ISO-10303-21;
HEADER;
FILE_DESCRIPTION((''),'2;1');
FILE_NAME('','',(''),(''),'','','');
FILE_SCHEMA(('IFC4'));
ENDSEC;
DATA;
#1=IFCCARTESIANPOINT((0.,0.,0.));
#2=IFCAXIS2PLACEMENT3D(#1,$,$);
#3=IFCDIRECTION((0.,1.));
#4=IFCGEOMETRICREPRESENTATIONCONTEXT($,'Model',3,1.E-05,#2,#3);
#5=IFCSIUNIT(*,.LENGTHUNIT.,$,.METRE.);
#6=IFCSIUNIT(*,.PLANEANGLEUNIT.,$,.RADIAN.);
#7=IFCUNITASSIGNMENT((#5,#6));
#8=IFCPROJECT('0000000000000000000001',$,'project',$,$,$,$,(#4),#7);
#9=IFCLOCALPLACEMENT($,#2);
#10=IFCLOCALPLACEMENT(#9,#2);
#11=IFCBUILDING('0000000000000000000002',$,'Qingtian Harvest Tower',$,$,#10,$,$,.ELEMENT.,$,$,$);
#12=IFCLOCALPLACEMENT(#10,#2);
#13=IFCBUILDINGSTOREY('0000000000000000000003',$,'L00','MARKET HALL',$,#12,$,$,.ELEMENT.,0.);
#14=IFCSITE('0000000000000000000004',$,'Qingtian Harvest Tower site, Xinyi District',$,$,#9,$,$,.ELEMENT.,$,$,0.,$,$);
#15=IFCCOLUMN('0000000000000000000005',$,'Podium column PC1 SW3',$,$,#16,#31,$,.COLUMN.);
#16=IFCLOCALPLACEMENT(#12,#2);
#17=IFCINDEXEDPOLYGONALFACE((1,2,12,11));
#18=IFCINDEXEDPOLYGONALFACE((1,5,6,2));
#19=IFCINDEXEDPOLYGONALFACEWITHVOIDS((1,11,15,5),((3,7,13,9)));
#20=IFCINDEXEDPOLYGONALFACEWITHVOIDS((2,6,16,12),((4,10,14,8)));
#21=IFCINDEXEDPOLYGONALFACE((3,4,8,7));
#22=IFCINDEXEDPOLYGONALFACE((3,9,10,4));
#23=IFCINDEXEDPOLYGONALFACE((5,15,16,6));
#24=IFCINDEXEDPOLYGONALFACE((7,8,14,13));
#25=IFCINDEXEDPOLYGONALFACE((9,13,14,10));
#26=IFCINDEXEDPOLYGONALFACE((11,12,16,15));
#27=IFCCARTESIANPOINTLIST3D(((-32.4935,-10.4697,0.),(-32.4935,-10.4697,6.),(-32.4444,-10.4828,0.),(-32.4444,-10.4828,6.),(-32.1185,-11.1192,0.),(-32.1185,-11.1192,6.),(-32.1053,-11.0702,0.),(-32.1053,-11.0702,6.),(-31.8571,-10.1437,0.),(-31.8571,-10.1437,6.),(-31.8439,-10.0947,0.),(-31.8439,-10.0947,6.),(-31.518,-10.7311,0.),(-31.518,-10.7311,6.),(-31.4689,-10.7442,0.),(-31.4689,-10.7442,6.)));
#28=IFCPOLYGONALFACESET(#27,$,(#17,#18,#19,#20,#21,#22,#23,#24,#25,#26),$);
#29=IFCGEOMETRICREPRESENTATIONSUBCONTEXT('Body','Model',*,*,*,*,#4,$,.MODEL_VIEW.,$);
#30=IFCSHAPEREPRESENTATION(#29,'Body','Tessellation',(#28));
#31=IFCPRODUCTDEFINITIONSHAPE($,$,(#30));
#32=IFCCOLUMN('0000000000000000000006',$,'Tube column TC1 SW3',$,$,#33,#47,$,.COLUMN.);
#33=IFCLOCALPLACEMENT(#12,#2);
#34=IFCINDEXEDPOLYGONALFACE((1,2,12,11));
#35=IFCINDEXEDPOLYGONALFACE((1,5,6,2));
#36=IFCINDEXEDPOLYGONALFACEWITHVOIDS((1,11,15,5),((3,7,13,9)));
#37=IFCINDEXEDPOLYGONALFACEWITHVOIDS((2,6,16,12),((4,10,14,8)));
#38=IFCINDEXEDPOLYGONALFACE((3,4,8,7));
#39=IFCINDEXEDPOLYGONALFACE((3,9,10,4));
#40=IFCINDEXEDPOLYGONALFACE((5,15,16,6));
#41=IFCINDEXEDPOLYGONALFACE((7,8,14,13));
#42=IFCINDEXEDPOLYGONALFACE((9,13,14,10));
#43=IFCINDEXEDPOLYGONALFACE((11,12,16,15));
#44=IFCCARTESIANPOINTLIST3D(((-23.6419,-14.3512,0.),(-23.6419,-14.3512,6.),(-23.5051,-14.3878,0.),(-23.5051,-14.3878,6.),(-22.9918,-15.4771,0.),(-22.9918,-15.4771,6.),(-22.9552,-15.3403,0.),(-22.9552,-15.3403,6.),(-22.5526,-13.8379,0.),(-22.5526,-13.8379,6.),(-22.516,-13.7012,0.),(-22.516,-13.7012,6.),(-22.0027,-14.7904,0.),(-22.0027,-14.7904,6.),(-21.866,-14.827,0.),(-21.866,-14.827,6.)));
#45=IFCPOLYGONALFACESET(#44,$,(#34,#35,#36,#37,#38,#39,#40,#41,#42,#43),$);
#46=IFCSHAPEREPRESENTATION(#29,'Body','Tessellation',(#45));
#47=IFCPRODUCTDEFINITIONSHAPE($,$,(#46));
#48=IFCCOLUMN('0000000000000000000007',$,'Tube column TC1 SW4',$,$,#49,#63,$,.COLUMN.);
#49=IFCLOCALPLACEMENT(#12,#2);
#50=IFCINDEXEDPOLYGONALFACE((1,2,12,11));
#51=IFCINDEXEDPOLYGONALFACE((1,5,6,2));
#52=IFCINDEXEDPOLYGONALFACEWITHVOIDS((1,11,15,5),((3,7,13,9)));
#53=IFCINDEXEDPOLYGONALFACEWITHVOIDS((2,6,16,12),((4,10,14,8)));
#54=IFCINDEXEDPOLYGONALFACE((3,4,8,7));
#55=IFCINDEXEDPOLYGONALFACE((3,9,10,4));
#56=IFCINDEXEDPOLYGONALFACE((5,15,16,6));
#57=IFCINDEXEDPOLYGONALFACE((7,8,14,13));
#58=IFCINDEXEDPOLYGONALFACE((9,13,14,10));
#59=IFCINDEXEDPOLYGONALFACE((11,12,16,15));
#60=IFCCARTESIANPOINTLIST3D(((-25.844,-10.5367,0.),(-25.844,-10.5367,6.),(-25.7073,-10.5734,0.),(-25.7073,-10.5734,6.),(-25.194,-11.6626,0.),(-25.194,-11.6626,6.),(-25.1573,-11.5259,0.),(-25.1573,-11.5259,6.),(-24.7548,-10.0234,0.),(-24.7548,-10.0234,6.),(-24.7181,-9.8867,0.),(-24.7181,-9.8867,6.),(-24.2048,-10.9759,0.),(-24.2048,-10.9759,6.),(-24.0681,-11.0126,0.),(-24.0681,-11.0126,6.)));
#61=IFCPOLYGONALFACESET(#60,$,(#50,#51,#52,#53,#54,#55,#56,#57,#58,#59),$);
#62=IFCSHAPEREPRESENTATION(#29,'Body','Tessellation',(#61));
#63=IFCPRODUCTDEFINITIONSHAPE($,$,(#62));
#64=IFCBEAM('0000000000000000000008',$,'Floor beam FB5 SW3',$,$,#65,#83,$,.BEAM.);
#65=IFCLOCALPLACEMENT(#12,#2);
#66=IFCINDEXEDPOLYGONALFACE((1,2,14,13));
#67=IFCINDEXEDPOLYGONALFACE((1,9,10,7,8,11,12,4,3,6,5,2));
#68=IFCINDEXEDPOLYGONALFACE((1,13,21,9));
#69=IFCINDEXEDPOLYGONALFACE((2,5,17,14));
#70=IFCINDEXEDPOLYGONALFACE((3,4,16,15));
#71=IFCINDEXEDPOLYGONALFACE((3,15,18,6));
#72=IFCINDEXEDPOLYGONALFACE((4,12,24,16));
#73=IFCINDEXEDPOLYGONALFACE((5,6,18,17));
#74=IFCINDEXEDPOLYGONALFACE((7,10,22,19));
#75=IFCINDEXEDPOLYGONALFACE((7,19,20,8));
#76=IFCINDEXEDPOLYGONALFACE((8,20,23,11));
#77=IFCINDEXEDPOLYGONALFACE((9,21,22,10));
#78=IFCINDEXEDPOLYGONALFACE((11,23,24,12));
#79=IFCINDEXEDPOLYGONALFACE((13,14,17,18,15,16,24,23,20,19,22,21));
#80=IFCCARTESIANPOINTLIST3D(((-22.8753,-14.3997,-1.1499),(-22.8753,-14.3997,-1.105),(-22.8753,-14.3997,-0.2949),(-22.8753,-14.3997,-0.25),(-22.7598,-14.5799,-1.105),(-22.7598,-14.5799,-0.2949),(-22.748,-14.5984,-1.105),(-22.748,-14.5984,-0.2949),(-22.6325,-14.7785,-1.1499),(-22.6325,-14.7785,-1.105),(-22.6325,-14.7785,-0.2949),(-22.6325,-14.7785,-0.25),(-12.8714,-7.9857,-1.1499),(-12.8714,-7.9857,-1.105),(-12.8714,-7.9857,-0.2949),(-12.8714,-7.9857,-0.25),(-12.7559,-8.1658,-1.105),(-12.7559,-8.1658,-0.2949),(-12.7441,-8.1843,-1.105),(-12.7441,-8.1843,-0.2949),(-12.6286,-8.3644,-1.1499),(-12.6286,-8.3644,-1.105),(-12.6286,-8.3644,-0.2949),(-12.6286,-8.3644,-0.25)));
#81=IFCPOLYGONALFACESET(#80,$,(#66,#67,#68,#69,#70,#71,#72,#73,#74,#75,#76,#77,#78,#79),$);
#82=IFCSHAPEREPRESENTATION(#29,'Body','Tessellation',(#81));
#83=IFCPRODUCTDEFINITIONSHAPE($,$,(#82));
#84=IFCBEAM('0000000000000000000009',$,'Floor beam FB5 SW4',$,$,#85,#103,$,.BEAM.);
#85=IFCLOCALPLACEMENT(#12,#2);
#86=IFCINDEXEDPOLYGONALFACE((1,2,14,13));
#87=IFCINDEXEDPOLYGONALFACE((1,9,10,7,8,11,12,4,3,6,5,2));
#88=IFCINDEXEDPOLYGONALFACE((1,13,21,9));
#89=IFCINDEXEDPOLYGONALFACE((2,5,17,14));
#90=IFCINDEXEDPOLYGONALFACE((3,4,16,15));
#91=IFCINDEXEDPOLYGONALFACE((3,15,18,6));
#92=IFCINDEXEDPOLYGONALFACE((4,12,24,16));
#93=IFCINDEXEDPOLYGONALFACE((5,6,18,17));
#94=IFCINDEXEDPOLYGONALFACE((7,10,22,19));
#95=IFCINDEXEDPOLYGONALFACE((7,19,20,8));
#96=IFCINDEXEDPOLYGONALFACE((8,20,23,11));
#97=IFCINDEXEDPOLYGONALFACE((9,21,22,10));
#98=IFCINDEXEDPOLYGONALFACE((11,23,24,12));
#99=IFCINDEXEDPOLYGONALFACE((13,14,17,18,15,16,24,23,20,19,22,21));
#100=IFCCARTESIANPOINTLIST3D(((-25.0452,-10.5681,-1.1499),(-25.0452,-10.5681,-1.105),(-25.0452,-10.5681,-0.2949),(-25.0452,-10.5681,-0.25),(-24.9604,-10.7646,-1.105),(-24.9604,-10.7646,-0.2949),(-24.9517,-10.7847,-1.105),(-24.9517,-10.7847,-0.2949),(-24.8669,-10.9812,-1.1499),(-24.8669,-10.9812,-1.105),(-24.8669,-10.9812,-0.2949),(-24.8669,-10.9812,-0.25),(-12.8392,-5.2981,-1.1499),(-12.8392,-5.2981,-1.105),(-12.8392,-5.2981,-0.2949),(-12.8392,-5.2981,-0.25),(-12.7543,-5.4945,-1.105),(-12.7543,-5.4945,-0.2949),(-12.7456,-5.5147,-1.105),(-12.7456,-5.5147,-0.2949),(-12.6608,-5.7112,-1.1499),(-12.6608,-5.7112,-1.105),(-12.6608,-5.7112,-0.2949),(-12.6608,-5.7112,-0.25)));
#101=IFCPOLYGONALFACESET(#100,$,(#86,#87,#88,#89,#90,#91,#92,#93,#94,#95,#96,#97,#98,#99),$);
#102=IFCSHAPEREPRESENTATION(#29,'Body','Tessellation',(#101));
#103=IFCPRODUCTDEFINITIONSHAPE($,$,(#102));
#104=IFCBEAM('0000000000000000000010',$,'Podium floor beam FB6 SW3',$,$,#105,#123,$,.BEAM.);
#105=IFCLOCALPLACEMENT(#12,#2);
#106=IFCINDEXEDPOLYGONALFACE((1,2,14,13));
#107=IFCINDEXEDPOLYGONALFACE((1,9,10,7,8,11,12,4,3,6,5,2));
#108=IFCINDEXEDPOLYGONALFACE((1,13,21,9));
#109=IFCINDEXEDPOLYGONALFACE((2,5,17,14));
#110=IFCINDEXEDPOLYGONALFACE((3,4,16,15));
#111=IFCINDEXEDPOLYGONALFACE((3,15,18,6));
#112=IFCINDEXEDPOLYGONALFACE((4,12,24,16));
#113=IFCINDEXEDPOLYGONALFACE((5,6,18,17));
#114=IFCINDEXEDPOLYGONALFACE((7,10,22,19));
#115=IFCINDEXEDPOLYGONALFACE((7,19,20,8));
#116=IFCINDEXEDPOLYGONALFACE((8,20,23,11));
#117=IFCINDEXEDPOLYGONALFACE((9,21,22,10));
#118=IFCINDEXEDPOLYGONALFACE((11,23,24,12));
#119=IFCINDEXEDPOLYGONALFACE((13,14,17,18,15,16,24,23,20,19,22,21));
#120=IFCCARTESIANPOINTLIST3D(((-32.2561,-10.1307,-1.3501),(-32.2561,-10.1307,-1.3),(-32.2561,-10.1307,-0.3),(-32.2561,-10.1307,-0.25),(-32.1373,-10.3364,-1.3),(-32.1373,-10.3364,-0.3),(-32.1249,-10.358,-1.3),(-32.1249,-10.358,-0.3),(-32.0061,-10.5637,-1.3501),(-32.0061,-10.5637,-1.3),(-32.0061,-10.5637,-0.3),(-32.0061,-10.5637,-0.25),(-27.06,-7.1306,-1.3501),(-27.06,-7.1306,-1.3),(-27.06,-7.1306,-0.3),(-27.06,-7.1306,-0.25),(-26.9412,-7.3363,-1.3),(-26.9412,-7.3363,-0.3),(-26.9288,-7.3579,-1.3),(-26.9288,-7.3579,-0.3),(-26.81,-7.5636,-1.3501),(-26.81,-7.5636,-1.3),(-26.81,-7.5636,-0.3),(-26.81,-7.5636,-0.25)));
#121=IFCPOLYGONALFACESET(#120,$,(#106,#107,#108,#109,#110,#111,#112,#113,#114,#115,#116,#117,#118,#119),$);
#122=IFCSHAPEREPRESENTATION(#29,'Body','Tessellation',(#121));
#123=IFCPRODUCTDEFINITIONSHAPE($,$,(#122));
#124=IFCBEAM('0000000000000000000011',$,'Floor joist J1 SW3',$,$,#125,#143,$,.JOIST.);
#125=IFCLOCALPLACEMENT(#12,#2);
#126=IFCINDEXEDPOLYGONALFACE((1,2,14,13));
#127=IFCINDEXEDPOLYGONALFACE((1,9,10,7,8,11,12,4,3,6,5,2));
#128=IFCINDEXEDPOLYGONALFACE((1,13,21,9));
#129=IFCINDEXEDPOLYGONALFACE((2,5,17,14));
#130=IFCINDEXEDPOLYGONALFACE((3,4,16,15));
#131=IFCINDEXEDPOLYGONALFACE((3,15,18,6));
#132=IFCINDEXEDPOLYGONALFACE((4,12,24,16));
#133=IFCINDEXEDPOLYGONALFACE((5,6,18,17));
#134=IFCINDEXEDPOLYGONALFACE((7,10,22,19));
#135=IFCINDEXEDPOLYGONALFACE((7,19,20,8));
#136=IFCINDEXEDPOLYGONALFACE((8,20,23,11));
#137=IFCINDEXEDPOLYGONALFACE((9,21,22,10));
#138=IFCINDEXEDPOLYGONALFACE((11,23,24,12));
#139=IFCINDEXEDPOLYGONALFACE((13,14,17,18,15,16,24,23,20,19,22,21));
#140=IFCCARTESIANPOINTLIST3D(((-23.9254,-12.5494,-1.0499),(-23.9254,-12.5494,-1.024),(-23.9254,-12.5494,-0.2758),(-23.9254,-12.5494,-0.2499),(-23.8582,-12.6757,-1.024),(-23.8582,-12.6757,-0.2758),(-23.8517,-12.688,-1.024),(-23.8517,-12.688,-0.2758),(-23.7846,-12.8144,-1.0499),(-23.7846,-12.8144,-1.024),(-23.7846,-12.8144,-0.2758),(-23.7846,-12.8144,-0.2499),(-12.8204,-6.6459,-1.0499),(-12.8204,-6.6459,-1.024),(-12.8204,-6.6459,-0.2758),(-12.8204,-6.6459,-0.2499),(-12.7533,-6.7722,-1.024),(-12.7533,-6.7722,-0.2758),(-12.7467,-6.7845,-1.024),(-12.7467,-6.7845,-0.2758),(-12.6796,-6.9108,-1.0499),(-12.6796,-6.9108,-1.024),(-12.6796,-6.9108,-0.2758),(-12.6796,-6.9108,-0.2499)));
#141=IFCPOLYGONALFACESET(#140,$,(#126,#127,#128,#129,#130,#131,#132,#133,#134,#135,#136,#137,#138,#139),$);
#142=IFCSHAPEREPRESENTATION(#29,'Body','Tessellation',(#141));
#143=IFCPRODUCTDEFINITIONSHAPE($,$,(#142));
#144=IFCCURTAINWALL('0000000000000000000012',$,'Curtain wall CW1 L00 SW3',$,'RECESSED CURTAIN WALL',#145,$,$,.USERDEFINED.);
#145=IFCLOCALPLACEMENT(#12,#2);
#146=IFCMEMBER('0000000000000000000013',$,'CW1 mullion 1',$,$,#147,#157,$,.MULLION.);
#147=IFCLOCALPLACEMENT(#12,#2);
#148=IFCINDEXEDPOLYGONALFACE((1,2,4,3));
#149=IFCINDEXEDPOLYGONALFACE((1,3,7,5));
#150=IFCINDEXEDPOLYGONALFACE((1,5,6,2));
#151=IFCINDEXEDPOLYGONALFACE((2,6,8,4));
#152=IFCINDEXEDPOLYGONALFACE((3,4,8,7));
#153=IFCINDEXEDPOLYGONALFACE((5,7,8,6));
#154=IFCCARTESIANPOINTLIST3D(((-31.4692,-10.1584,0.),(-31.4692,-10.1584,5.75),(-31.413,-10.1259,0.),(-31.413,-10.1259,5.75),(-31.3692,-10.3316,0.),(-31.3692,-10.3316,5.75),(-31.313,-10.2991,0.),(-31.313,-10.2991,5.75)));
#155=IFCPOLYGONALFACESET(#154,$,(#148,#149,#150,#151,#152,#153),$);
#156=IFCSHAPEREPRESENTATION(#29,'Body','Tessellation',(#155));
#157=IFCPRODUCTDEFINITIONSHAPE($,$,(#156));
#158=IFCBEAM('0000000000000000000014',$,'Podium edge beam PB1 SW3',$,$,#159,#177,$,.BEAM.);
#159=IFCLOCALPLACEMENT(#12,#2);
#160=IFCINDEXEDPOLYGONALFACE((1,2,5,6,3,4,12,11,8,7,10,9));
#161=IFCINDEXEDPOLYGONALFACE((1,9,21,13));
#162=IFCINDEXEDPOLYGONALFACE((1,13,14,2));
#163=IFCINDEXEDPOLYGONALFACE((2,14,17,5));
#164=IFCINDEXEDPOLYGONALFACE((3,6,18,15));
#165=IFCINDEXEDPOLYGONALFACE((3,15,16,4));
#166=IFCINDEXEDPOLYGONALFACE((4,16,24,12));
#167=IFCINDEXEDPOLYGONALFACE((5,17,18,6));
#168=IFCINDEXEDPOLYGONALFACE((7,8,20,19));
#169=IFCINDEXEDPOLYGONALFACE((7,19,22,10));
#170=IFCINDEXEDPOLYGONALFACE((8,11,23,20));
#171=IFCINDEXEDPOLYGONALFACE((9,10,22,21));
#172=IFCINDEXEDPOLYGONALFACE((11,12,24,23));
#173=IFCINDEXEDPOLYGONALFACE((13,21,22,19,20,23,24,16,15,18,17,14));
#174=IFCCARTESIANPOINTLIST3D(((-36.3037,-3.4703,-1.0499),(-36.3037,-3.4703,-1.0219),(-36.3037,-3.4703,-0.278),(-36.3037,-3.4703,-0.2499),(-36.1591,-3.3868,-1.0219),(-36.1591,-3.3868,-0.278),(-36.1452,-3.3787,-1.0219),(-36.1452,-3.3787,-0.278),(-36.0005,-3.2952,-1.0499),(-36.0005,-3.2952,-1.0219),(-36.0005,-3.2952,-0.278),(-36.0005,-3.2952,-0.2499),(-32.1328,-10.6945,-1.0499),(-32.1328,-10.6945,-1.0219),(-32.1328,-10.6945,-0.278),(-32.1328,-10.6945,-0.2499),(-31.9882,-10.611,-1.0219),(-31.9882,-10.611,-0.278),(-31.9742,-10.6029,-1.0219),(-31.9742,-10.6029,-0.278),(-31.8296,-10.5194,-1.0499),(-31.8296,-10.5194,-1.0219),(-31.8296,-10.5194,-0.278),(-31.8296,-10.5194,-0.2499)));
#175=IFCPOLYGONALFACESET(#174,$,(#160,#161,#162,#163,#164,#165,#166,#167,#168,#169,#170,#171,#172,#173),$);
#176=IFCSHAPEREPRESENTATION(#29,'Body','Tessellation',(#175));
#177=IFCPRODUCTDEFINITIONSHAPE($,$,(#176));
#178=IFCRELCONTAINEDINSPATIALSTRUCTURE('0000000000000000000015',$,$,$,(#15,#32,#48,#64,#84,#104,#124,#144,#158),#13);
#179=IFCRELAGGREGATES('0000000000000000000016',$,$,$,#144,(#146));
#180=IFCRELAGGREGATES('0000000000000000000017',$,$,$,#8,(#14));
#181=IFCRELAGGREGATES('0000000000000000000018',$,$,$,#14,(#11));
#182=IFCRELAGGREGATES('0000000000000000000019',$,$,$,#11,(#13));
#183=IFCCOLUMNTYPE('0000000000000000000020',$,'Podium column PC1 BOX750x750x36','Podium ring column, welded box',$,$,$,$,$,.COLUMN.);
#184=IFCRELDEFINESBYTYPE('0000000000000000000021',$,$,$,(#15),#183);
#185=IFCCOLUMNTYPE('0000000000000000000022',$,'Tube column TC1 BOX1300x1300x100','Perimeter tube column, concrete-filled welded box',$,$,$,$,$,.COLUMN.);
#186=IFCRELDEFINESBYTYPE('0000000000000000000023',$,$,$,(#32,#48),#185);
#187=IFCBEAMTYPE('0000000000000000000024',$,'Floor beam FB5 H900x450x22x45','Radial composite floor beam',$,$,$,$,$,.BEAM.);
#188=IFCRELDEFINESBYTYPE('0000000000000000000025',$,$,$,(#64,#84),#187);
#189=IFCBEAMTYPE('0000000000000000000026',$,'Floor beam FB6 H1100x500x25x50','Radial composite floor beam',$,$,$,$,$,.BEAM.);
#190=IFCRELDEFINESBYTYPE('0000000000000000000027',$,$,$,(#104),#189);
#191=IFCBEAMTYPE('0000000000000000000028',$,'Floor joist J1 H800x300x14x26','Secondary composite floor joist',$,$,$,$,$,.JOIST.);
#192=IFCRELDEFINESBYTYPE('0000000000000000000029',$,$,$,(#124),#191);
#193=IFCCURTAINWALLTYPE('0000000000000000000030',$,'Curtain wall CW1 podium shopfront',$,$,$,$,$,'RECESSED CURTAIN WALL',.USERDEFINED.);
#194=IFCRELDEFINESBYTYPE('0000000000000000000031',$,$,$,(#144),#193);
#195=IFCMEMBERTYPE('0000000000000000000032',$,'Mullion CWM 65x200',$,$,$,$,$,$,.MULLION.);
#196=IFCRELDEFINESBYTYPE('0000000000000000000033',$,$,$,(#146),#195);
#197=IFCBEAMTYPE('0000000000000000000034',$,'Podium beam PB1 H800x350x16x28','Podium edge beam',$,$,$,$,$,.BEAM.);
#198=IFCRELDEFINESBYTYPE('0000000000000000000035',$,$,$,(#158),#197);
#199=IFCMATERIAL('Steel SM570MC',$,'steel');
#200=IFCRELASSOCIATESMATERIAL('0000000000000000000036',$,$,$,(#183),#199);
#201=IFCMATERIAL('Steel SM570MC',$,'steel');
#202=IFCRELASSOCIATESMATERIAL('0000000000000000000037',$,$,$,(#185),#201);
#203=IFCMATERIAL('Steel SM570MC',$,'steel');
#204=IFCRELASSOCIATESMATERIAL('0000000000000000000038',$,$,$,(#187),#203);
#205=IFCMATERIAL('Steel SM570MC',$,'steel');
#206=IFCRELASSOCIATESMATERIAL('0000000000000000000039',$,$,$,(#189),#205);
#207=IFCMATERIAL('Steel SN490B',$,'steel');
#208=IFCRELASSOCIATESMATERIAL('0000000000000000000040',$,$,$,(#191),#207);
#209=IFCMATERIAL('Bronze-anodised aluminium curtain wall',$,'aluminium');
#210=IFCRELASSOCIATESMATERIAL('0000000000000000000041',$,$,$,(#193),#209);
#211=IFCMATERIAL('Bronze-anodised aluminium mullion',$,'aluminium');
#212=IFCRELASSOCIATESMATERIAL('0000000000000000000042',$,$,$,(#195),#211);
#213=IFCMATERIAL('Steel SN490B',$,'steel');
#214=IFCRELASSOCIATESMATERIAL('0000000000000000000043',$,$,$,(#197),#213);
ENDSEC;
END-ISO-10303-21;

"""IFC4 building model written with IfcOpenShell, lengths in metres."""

from ifc_helpers import new_model, si_unit, direction, frame, origin, origin_2d, place, context, subcontext, project, spatial, rectangle, hollow_rectangle, i_section, extrude, material, material_profile, profile_set, type_object, element, aggregate, save


model = new_model("IFC4")

# Units and contexts
model_context = context("Model", 3, precision=1e-05, world=origin(), true_north=direction((0.0, 1.0)))
body_context = subcontext(model_context, "Body", "Model", "MODEL_VIEW")
ifc_project = project(units=[si_unit("LENGTHUNIT", "METRE"), si_unit("PLANEANGLEUNIT", "RADIAN")], contexts=[model_context])

# Site, building, storey
site_placement = place(None, origin())
site = spatial("IfcSite", under=ifc_project, at=site_placement, Name="Qingtian Harvest Tower site, Xinyi District", CompositionType="ELEMENT", RefElevation=0.0)
building_placement = place(site_placement, origin())
building = spatial("IfcBuilding", under=site, at=building_placement, Name="Qingtian Harvest Tower", CompositionType="ELEMENT")
storey_placement = place(building_placement, origin())
storey = spatial("IfcBuildingStorey", under=building, at=storey_placement, Name="L00", Description="MARKET HALL", CompositionType="ELEMENT", Elevation=0.0)

# Columns
ifc_material_1 = material(Name="Steel SM570MC", Category="steel")
ifc_material_profile_1 = material_profile(ifc_material_1, hollow_rectangle(XDim=0.75, YDim=0.75, WallThickness=0.0359, at=origin_2d()), Name="BOX750x750x36")
ifc_profile_set_1 = profile_set([ifc_material_profile_1], Name="Steel SM570MC")
column_type_1 = type_object("IfcColumnType", Name="Podium column PC1 BOX750x750x36", Description="Podium ring column, welded box", PredefinedType="COLUMN", material=ifc_profile_set_1)
column_placement = place(storey_placement, frame((-31.9812, -10.6069, 0.0), z_axis=(0.0, 0.0, 1.0), x_axis=(0.5, -0.866025, 0.0)))
element("IfcColumn", 1, at=column_placement, inside=storey, type_object=column_type_1, Name="Podium column PC1 SW3", PredefinedType="COLUMN", context=body_context, shape_type="SweptSolid", body=[
    extrude(hollow_rectangle(XDim=0.75, YDim=0.75, WallThickness=0.0359, at=origin_2d()), origin(), (0.0, 0.0, 1.0), 6.0),
])
ifc_material_2 = material(Name="Steel SM570MC", Category="steel")
ifc_material_profile_2 = material_profile(ifc_material_2, hollow_rectangle(XDim=1.3, YDim=1.3, WallThickness=0.1001, at=origin_2d()), Name="BOX1300x1300x100")
ifc_profile_set_2 = profile_set([ifc_material_profile_2], Name="Steel SM570MC")
column_type_2 = type_object("IfcColumnType", Name="Tube column TC1 BOX1300x1300x100", Description="Perimeter tube column, concrete-filled welded box", PredefinedType="COLUMN", material=ifc_profile_set_2)
for number, where, z_axis, x_axis, name in (
    (2, (-22.7539, -14.5891, 0.0), (0.0, 0.0, 1.0), (0.5, -0.866025, 0.0), "Tube column TC1 SW3"),
    (3, (-24.9561, -10.7747, 0.0), (0.0, 0.0, 1.0), (0.5, -0.866025, 0.0), "Tube column TC1 SW4"),
):
    element("IfcColumn", number, at=place(storey_placement, frame(where, z_axis=z_axis, x_axis=x_axis)), inside=storey, type_object=column_type_2, Name=name, PredefinedType="COLUMN", context=body_context, shape_type="SweptSolid", body=[
        extrude(hollow_rectangle(XDim=1.3, YDim=1.3, WallThickness=0.1001, at=origin_2d()), origin(), (0.0, 0.0, 1.0), 6.0),
    ])

# Beams
ifc_material_3 = material(Name="Steel SM570MC", Category="steel")
ifc_material_profile_3 = material_profile(ifc_material_3, i_section(OverallWidth=0.45, OverallDepth=0.8999, WebThickness=0.022, FlangeThickness=0.0449, at=origin_2d()), Name="H900x450x22x45")
ifc_profile_set_3 = profile_set([ifc_material_profile_3], Name="Steel SM570MC")
beam_type_1 = type_object("IfcBeamType", Name="Floor beam FB5 H900x450x22x45", Description="Radial composite floor beam", PredefinedType="BEAM", material=ifc_profile_set_3)
beam_1_placement = place(storey_placement, frame((-22.7539, -14.5891, -0.7), z_axis=(0.841829, 0.539744, 0.0), x_axis=(-0.539744, 0.841829, 0.0)))
element("IfcBeam", 4, at=beam_1_placement, inside=storey, type_object=beam_type_1, Name="Floor beam FB5 SW3", PredefinedType="BEAM", context=body_context, shape_type="SweptSolid", body=[
    extrude(i_section(OverallWidth=0.45, OverallDepth=0.8999, WebThickness=0.022, FlangeThickness=0.0449, at=origin_2d()), origin(), (0.0, 0.0, 1.0), 11.8835),
])
beam_2_placement = place(storey_placement, frame((-24.9561, -10.7747, -0.7), z_axis=(0.918084, 0.396387, 0.0), x_axis=(-0.396387, 0.918084, 0.0)))
element("IfcBeam", 5, at=beam_2_placement, inside=storey, type_object=beam_type_1, Name="Floor beam FB5 SW4", PredefinedType="BEAM", context=body_context, shape_type="SweptSolid", body=[
    extrude(i_section(OverallWidth=0.45, OverallDepth=0.8999, WebThickness=0.022, FlangeThickness=0.0449, at=origin_2d()), origin(), (0.0, 0.0, 1.0), 13.2952),
])
ifc_material_4 = material(Name="Steel SM570MC", Category="steel")
ifc_material_profile_4 = material_profile(ifc_material_4, i_section(OverallWidth=0.5, OverallDepth=1.1001, WebThickness=0.0249, FlangeThickness=0.05, at=origin_2d()), Name="H1100x500x25x50")
ifc_profile_set_4 = profile_set([ifc_material_profile_4], Name="Steel SM570MC")
beam_type_2 = type_object("IfcBeamType", Name="Floor beam FB6 H1100x500x25x50", Description="Radial composite floor beam", PredefinedType="BEAM", material=ifc_profile_set_4)
beam_3_placement = place(storey_placement, frame((-32.1311, -10.3472, -0.8), z_axis=(0.866021, 0.500008, 0.0), x_axis=(-0.500008, 0.866021, 0.0)))
element("IfcBeam", 6, at=beam_3_placement, inside=storey, type_object=beam_type_2, Name="Podium floor beam FB6 SW3", PredefinedType="BEAM", context=body_context, shape_type="SweptSolid", body=[
    extrude(i_section(OverallWidth=0.5, OverallDepth=1.1001, WebThickness=0.0249, FlangeThickness=0.05, at=origin_2d()), origin(), (0.0, 0.0, 1.0), 6.0),
])
ifc_material_5 = material(Name="Steel SN490B", Category="steel")
ifc_material_profile_5 = material_profile(ifc_material_5, i_section(OverallWidth=0.3, OverallDepth=0.8, WebThickness=0.0139, FlangeThickness=0.0259, at=origin_2d()), Name="H800x300x14x26")
ifc_profile_set_5 = profile_set([ifc_material_profile_5], Name="Steel SN490B")
beam_type_3 = type_object("IfcBeamType", Name="Floor joist J1 H800x300x14x26", Description="Secondary composite floor joist", PredefinedType="JOIST", material=ifc_profile_set_5)
beam_4_placement = place(storey_placement, frame((-23.855, -12.6819, -0.6499), z_axis=(0.882982, 0.469406, 0.0), x_axis=(-0.469406, 0.882982, 0.0)))
element("IfcBeam", 7, at=beam_4_placement, inside=storey, type_object=beam_type_3, Name="Floor joist J1 SW3", PredefinedType="JOIST", context=body_context, shape_type="SweptSolid", body=[
    extrude(i_section(OverallWidth=0.3, OverallDepth=0.8, WebThickness=0.0139, FlangeThickness=0.0259, at=origin_2d()), origin(), (0.0, 0.0, 1.0), 12.5767),
])

# Curtain wall, member
ifc_material_6 = material(Name="Bronze-anodised aluminium curtain wall", Category="aluminium")
curtain_wall_type = type_object("IfcCurtainWallType", Name="Curtain wall CW1 podium shopfront", ElementType="RECESSED CURTAIN WALL", PredefinedType="USERDEFINED", material=ifc_material_6)
curtain_wall_placement = place(storey_placement, origin())
curtain_wall = element("IfcCurtainWall", 8, at=curtain_wall_placement, inside=storey, type_object=curtain_wall_type, Name="Curtain wall CW1 L00 SW3", ObjectType="RECESSED CURTAIN WALL", PredefinedType="USERDEFINED")
ifc_material_7 = material(Name="Bronze-anodised aluminium mullion", Category="aluminium")
ifc_material_profile_6 = material_profile(ifc_material_7, rectangle(XDim=0.0649, YDim=0.2, at=origin_2d()), Name="AL 65x200")
ifc_profile_set_6 = profile_set([ifc_material_profile_6], Name="Bronze-anodised aluminium mullion")
member_type_1 = type_object("IfcMemberType", Name="Mullion CWM 65x200", PredefinedType="MULLION", material=ifc_profile_set_6)
member_1_placement = place(storey_placement, frame((-31.3911, -10.2288, 0.0), z_axis=(0.0, 0.0, 1.0), x_axis=(-0.866025, -0.5, 0.0)))
member_1 = element("IfcMember", 9, at=member_1_placement, type_object=member_type_1, Name="CW1 mullion 1", PredefinedType="MULLION", context=body_context, shape_type="SweptSolid", body=[
    extrude(rectangle(XDim=0.0649, YDim=0.2, at=origin_2d()), origin(), (0.0, 0.0, 1.0), 5.75),
])

# Beam
ifc_material_8 = material(Name="Steel SN490B", Category="steel")
ifc_material_profile_7 = material_profile(ifc_material_8, i_section(OverallWidth=0.3501, OverallDepth=0.8, WebThickness=0.0161, FlangeThickness=0.0281, at=origin_2d()), Name="H800x350x16x28")
ifc_profile_set_7 = profile_set([ifc_material_profile_7], Name="Steel SN490B")
beam_type_4 = type_object("IfcBeamType", Name="Podium beam PB1 H800x350x16x28", Description="Podium edge beam", PredefinedType="BEAM", material=ifc_profile_set_7)
beam_5_placement = place(storey_placement, frame((-31.9812, -10.6069, -0.6499), z_axis=(-0.500005, 0.866023, 0.0), x_axis=(-0.866023, -0.500005, 0.0)))
element("IfcBeam", 10, at=beam_5_placement, inside=storey, type_object=beam_type_4, Name="Podium edge beam PB1 SW3", PredefinedType="BEAM", context=body_context, shape_type="SweptSolid", body=[
    extrude(i_section(OverallWidth=0.3501, OverallDepth=0.8, WebThickness=0.0161, FlangeThickness=0.0281, at=origin_2d()), origin(), (0.0, 0.0, 1.0), 8.3418),
])

aggregate(curtain_wall, [member_1])

save(model, "model.ifc")
